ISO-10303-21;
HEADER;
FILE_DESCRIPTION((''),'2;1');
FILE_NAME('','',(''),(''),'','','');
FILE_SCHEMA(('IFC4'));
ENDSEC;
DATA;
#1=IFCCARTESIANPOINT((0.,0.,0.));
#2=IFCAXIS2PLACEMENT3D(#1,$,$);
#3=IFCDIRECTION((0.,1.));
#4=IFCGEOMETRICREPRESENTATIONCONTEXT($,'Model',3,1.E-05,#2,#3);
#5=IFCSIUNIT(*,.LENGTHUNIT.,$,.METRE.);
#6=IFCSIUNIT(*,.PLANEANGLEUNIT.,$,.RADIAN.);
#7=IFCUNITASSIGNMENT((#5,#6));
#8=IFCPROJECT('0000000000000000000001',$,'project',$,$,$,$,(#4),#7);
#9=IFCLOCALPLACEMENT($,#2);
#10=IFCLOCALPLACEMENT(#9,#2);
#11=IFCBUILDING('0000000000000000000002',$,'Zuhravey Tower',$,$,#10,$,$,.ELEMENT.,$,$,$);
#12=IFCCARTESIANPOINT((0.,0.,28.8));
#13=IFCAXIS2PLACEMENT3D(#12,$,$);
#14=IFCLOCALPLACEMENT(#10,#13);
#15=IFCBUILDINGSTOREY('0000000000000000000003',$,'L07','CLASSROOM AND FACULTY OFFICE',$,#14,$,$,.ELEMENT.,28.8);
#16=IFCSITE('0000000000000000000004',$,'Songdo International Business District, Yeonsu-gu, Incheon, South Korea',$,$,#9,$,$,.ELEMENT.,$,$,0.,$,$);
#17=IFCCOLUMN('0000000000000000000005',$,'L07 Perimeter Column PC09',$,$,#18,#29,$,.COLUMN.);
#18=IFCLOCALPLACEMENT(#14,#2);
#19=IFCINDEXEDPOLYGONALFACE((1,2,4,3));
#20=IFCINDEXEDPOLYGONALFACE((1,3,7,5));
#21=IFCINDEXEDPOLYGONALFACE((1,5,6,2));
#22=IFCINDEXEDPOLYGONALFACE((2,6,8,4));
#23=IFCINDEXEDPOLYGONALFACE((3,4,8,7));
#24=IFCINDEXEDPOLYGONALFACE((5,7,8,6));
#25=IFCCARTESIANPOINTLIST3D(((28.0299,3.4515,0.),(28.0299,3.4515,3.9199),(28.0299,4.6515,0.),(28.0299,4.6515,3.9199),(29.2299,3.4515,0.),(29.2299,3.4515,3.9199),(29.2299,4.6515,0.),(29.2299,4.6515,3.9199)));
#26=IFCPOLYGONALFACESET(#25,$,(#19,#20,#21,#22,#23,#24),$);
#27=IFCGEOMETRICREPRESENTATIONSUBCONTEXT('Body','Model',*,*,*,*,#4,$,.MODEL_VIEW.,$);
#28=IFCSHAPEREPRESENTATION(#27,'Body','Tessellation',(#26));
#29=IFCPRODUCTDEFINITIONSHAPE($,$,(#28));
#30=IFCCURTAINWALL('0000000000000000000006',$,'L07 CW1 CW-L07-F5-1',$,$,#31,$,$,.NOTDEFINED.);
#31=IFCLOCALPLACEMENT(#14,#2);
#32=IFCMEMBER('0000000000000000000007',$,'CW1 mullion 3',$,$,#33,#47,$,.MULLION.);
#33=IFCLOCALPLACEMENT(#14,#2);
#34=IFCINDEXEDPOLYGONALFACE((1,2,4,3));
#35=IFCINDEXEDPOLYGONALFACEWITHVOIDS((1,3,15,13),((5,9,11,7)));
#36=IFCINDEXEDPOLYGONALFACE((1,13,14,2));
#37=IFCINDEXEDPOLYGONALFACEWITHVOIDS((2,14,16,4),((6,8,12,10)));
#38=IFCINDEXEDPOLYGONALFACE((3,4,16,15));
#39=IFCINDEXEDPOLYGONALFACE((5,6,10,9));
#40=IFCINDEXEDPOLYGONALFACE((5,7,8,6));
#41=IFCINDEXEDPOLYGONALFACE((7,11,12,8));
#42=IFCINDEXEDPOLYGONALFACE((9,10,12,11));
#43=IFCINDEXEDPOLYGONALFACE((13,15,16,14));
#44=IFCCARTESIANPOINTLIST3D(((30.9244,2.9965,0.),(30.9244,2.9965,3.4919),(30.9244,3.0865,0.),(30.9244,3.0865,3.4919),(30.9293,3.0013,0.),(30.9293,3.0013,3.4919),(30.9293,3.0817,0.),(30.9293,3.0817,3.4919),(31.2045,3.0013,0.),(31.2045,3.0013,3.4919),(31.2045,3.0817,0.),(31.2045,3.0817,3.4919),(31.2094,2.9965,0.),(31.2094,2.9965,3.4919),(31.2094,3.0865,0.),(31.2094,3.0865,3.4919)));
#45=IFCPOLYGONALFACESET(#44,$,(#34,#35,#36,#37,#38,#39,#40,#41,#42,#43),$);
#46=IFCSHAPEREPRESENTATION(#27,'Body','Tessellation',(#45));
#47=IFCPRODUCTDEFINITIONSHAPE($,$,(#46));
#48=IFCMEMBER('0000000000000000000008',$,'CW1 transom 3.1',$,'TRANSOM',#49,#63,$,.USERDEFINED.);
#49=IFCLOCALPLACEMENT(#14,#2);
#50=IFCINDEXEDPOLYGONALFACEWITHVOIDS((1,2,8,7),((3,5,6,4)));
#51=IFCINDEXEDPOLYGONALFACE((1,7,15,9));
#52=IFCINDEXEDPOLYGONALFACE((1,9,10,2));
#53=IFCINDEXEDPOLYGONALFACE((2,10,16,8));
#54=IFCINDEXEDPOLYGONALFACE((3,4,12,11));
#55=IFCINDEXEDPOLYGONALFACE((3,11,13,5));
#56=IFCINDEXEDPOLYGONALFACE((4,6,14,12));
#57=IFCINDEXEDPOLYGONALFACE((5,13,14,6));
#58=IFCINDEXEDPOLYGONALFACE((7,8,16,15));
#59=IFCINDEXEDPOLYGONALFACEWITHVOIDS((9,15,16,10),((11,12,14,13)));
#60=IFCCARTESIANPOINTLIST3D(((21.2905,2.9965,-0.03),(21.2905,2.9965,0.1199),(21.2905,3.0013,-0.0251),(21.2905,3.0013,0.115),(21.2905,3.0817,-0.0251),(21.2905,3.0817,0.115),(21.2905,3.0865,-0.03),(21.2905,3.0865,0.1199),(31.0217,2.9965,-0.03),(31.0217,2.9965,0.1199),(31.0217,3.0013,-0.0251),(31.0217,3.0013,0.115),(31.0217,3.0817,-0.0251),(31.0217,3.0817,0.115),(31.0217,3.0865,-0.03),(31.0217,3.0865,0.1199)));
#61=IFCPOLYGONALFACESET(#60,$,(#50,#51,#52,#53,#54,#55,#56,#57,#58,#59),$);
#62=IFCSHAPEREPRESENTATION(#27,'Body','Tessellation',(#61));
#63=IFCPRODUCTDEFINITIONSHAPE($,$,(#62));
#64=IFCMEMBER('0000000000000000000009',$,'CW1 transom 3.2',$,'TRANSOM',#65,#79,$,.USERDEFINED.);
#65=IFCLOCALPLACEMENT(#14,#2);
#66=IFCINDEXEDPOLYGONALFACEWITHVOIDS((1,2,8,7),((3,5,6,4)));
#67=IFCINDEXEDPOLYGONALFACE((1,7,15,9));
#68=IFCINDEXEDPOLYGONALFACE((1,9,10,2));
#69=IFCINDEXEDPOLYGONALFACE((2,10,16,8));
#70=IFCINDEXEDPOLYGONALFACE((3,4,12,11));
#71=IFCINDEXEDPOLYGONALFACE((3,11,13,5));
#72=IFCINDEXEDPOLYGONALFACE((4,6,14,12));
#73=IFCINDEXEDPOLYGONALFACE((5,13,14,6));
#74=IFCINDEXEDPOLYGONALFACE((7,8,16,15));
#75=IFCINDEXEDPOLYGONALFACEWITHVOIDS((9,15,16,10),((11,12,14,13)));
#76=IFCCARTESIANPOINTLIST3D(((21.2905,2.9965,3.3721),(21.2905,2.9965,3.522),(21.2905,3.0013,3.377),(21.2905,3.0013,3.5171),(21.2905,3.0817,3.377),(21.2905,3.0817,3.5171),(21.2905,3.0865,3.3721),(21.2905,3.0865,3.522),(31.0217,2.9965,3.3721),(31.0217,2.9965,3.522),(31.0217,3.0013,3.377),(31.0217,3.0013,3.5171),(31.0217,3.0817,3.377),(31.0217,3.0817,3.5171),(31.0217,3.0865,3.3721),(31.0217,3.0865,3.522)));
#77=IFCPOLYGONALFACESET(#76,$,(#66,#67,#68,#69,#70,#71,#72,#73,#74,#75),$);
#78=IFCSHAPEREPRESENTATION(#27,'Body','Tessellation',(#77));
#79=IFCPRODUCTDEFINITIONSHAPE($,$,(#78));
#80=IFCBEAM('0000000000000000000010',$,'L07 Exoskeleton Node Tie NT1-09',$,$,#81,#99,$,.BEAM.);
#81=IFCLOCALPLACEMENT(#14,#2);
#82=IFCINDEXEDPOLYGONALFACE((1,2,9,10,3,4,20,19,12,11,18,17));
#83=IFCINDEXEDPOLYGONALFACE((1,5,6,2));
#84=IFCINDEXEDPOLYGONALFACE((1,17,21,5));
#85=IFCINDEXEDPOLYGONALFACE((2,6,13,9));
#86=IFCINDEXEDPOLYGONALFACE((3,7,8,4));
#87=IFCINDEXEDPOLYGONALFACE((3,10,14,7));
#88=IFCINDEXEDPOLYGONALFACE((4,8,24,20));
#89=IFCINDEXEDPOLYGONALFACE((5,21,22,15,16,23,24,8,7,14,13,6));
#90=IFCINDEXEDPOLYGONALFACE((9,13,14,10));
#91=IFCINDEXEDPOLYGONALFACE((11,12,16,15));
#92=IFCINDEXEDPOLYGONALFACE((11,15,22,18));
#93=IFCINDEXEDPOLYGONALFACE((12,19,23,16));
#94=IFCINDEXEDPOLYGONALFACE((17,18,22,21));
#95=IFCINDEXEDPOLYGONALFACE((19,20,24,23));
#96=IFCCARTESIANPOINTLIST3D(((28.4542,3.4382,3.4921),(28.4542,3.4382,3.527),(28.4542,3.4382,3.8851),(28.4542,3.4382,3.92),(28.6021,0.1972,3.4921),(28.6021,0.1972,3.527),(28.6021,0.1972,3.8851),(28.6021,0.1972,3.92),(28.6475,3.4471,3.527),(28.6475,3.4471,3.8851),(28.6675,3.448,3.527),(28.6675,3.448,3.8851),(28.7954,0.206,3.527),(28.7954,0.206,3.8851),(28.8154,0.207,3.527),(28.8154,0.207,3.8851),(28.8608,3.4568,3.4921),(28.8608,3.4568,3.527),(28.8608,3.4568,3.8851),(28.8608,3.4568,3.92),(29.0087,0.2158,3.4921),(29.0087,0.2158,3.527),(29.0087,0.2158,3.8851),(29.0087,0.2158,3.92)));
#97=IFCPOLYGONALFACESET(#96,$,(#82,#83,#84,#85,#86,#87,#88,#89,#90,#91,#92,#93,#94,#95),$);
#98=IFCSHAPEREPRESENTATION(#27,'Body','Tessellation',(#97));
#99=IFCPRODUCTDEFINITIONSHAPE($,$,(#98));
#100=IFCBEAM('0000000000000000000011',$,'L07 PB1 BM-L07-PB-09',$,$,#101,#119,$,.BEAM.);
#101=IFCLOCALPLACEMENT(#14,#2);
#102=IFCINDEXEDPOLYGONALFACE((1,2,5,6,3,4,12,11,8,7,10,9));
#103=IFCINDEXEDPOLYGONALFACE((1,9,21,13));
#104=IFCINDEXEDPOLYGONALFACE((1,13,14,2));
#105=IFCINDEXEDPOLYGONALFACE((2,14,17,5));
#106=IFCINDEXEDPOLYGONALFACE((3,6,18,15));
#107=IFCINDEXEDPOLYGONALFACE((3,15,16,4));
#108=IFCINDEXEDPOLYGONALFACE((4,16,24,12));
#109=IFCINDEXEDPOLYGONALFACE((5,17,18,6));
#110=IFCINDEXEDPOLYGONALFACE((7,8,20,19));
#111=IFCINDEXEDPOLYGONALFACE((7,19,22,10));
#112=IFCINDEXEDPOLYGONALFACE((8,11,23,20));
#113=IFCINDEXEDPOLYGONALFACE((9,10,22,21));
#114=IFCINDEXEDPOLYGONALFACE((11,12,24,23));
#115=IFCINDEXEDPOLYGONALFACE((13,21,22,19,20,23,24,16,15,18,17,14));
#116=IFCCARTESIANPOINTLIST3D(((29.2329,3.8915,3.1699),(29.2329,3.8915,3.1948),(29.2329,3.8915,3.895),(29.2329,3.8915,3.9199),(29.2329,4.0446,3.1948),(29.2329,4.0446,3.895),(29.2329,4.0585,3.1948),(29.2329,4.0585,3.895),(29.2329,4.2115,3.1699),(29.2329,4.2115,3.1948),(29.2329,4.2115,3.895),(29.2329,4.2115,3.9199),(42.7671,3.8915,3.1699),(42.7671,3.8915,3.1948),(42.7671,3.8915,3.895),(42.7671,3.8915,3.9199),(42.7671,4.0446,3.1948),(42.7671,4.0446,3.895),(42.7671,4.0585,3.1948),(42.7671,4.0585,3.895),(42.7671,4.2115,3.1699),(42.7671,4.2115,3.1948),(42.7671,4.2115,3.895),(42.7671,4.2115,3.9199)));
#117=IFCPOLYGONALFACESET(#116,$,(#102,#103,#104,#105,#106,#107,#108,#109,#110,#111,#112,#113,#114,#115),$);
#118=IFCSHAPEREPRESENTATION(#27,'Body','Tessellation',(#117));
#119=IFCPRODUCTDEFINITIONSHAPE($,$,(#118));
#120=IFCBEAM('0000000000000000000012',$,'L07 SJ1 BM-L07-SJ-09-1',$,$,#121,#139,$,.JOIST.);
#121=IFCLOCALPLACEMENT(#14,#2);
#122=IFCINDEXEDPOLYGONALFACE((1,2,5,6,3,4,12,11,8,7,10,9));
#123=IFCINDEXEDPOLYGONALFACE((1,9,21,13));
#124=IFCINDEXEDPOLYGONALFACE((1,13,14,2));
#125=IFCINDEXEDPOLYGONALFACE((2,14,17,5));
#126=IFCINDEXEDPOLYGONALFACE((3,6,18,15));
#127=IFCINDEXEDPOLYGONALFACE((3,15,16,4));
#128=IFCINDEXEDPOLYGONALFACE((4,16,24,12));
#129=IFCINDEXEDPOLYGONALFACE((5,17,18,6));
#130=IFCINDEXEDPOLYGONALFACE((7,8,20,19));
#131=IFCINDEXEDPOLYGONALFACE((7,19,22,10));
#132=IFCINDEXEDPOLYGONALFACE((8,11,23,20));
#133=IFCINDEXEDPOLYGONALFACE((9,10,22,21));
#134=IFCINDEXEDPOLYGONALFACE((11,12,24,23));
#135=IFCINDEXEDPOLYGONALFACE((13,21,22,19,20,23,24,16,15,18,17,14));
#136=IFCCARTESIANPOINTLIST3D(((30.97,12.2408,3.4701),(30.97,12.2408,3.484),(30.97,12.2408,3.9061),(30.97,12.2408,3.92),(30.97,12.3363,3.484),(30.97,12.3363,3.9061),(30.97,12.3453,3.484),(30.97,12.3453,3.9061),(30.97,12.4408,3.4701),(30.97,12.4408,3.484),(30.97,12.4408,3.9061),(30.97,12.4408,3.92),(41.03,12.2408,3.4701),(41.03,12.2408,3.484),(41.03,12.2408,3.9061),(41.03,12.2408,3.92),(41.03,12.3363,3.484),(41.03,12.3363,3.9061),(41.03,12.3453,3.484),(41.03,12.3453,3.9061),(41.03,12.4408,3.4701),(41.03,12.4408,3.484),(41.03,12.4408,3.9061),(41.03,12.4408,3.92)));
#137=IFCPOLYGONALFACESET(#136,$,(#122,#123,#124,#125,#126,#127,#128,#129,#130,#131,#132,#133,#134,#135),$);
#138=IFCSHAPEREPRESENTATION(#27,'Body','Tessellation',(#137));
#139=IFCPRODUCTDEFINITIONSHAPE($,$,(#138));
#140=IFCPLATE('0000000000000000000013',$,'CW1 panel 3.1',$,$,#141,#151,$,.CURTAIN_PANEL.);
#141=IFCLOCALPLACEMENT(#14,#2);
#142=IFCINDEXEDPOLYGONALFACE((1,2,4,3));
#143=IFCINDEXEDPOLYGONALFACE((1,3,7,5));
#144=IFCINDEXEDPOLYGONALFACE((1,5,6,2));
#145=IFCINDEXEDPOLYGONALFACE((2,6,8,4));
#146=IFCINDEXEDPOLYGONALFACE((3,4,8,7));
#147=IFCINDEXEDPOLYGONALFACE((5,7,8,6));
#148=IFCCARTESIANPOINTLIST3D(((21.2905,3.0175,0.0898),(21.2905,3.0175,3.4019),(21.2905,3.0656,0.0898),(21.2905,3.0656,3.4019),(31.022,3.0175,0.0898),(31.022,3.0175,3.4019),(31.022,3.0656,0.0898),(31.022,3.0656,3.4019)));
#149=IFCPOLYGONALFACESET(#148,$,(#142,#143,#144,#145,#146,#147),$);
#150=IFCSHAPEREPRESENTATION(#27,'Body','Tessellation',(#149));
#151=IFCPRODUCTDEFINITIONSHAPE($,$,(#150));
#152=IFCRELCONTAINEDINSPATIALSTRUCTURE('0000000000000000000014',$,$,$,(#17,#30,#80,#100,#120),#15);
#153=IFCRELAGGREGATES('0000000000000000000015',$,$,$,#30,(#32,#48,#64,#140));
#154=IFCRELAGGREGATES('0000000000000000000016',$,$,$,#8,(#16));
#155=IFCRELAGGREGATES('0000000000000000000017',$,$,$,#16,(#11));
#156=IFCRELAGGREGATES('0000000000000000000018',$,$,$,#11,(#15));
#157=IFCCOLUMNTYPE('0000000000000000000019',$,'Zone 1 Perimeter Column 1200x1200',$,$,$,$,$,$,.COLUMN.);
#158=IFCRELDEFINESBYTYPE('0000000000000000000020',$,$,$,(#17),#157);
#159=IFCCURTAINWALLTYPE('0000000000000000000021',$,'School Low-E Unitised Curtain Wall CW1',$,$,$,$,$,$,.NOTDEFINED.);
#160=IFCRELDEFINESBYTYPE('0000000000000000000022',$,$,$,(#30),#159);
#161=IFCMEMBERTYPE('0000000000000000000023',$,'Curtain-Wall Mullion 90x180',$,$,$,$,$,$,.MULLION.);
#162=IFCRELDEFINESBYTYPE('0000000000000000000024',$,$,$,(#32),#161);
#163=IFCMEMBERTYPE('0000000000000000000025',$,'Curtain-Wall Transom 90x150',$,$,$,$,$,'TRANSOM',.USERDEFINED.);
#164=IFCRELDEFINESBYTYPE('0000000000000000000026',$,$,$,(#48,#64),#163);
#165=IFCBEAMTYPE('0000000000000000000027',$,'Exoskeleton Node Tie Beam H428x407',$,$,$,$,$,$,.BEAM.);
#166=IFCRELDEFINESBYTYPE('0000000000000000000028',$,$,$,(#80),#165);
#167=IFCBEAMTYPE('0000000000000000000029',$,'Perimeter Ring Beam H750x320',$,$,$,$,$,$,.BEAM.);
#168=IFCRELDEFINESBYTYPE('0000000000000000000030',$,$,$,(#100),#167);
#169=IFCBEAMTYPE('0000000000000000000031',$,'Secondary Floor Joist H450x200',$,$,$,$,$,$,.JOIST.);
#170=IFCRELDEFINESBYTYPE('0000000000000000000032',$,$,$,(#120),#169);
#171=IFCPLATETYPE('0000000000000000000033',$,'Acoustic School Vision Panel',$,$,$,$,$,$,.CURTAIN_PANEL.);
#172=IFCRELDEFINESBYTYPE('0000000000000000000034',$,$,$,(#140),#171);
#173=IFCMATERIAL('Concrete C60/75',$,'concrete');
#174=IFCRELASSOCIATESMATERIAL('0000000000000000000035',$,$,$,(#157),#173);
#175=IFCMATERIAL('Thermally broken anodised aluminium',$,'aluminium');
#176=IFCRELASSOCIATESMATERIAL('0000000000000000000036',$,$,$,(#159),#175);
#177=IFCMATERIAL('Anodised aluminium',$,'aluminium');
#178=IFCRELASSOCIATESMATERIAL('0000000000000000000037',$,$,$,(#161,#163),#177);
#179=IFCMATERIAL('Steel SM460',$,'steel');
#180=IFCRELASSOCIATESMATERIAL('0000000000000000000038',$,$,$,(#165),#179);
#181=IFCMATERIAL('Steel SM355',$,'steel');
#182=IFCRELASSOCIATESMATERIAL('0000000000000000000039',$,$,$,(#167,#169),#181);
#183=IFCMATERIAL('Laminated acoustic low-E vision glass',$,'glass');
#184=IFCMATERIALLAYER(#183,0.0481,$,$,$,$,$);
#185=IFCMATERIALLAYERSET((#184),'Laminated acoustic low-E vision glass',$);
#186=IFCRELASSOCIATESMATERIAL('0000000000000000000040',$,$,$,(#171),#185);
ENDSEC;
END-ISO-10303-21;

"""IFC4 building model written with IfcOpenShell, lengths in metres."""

from ifc_helpers import new_model, si_unit, direction, frame, origin, origin_2d, place, context, subcontext, project, spatial, rectangle, hollow_rectangle, i_section, extrude, material, layer, layer_set, material_profile, profile_set, type_object, element, aggregate, save


model = new_model("IFC4")

# Units and contexts
model_context = context("Model", 3, precision=1e-05, world=origin(), true_north=direction((0.0, 1.0)))
body_context = subcontext(model_context, "Body", "Model", "MODEL_VIEW")
ifc_project = project(units=[si_unit("LENGTHUNIT", "METRE"), si_unit("PLANEANGLEUNIT", "RADIAN")], contexts=[model_context])

# Site, building, storey
site_placement = place(None, origin())
site = spatial("IfcSite", under=ifc_project, at=site_placement, Name="Songdo International Business District, Yeonsu-gu, Incheon, South Korea", CompositionType="ELEMENT", RefElevation=0.0)
building_placement = place(site_placement, origin())
building = spatial("IfcBuilding", under=site, at=building_placement, Name="Zuhravey Tower", CompositionType="ELEMENT")
storey_placement = place(building_placement, frame((0.0, 0.0, 28.8)))
storey = spatial("IfcBuildingStorey", under=building, at=storey_placement, Name="L07", Description="CLASSROOM AND FACULTY OFFICE", CompositionType="ELEMENT", Elevation=28.8)

# Column
ifc_material_1 = material(Name="Concrete C60/75", Category="concrete")
ifc_material_profile_1 = material_profile(ifc_material_1, rectangle(XDim=1.2, YDim=1.2, at=origin_2d()), Name="RC-1200x1200")
ifc_profile_set_1 = profile_set([ifc_material_profile_1], Name="Concrete C60/75")
column_type = type_object("IfcColumnType", Name="Zone 1 Perimeter Column 1200x1200", PredefinedType="COLUMN", material=ifc_profile_set_1)
column_placement = place(storey_placement, frame((28.6299, 4.0515, 0.0), z_axis=(0.0, 0.0, 1.0), x_axis=(1.0, 0.0, 0.0)))
element("IfcColumn", 1, at=column_placement, inside=storey, type_object=column_type, Name="L07 Perimeter Column PC09", PredefinedType="COLUMN", context=body_context, shape_type="SweptSolid", body=[
    extrude(rectangle(XDim=1.2, YDim=1.2, at=origin_2d()), origin(), (0.0, 0.0, 1.0), 3.9199),
])

# Curtain wall, members
ifc_material_2 = material(Name="Thermally broken anodised aluminium", Category="aluminium")
curtain_wall_type = type_object("IfcCurtainWallType", Name="School Low-E Unitised Curtain Wall CW1", PredefinedType="NOTDEFINED", material=ifc_material_2)
curtain_wall_placement = place(storey_placement, origin())
curtain_wall = element("IfcCurtainWall", 2, at=curtain_wall_placement, inside=storey, type_object=curtain_wall_type, Name="L07 CW1 CW-L07-F5-1", PredefinedType="NOTDEFINED")
ifc_material_3 = material(Name="Anodised aluminium", Category="aluminium")
ifc_material_profile_2 = material_profile(ifc_material_3, hollow_rectangle(XDim=0.0901, YDim=0.2849, WallThickness=0.0049, at=origin_2d()), Name="ALU-RHS-90x285x5")
ifc_profile_set_2 = profile_set([ifc_material_profile_2], Name="Anodised aluminium")
member_type_1 = type_object("IfcMemberType", Name="Curtain-Wall Mullion 90x180", PredefinedType="MULLION", material=ifc_profile_set_2)
member_1_placement = place(storey_placement, frame((31.0669, 3.0415, 0.0), z_axis=(0.0, 0.0, 1.0), x_axis=(0.0, -1.0, 0.0)))
member_1 = element("IfcMember", 3, at=member_1_placement, type_object=member_type_1, Name="CW1 mullion 3", PredefinedType="MULLION", context=body_context, shape_type="SweptSolid", body=[
    extrude(hollow_rectangle(XDim=0.0901, YDim=0.2849, WallThickness=0.0049, at=origin_2d()), origin(), (0.0, 0.0, 1.0), 3.4919),
])
ifc_material_profile_3 = material_profile(ifc_material_3, hollow_rectangle(XDim=0.0901, YDim=0.1499, WallThickness=0.0049, at=origin_2d()), Name="ALU-RHS-90x150x5")
ifc_profile_set_3 = profile_set([ifc_material_profile_3], Name="Anodised aluminium")
member_type_2 = type_object("IfcMemberType", Name="Curtain-Wall Transom 90x150", ElementType="TRANSOM", PredefinedType="USERDEFINED", material=ifc_profile_set_3)
member_2_placement = place(storey_placement, frame((31.0217, 3.0415, 0.0449), z_axis=(-1.0, 0.0, 0.0), x_axis=(0.0, -1.0, 0.0)))
member_2 = element("IfcMember", 4, at=member_2_placement, type_object=member_type_2, Name="CW1 transom 3.1", ObjectType="TRANSOM", PredefinedType="USERDEFINED", context=body_context, shape_type="SweptSolid", body=[
    extrude(hollow_rectangle(XDim=0.0901, YDim=0.1499, WallThickness=0.0049, at=origin_2d()), origin(), (0.0, 0.0, 1.0), 9.7312),
])
member_3_placement = place(storey_placement, frame((31.0217, 3.0415, 3.447), z_axis=(-1.0, 0.0, 0.0), x_axis=(0.0, -1.0, 0.0)))
member_3 = element("IfcMember", 5, at=member_3_placement, type_object=member_type_2, Name="CW1 transom 3.2", ObjectType="TRANSOM", PredefinedType="USERDEFINED", context=body_context, shape_type="SweptSolid", body=[
    extrude(hollow_rectangle(XDim=0.0901, YDim=0.1499, WallThickness=0.0049, at=origin_2d()), origin(), (0.0, 0.0, 1.0), 9.7312),
])

# Beams
ifc_material_4 = material(Name="Steel SM460", Category="steel")
ifc_material_profile_4 = material_profile(ifc_material_4, i_section(OverallWidth=0.407, OverallDepth=0.428, WebThickness=0.02, FlangeThickness=0.0349, at=origin_2d()), Name="H-428x407x20x35")
ifc_profile_set_4 = profile_set([ifc_material_profile_4], Name="Steel SM460")
beam_type_1 = type_object("IfcBeamType", Name="Exoskeleton Node Tie Beam H428x407", PredefinedType="BEAM", material=ifc_profile_set_4)
beam_1_placement = place(storey_placement, frame((28.6575, 3.4475, 3.7061), z_axis=(0.045602, -0.99896, 0.0), x_axis=(0.99896, 0.045602, 0.0)))
element("IfcBeam", 6, at=beam_1_placement, inside=storey, type_object=beam_type_1, Name="L07 Exoskeleton Node Tie NT1-09", PredefinedType="BEAM", context=body_context, shape_type="SweptSolid", body=[
    extrude(i_section(OverallWidth=0.407, OverallDepth=0.428, WebThickness=0.02, FlangeThickness=0.0349, at=origin_2d()), origin(), (0.0, 0.0, 1.0), 3.2444),
])
ifc_material_5 = material(Name="Steel SM355", Category="steel")
ifc_material_profile_5 = material_profile(ifc_material_5, i_section(OverallWidth=0.3201, OverallDepth=0.75, WebThickness=0.0139, FlangeThickness=0.0249, at=origin_2d()), Name="H-750x320x14x25")
ifc_profile_set_5 = profile_set([ifc_material_profile_5], Name="Steel SM355")
beam_type_2 = type_object("IfcBeamType", Name="Perimeter Ring Beam H750x320", PredefinedType="BEAM", material=ifc_profile_set_5)
beam_2_placement = place(storey_placement, frame((29.2329, 4.0515, 3.5449), z_axis=(1.0, 0.0, 0.0), x_axis=(0.0, 1.0, 0.0)))
element("IfcBeam", 7, at=beam_2_placement, inside=storey, type_object=beam_type_2, Name="L07 PB1 BM-L07-PB-09", PredefinedType="BEAM", context=body_context, shape_type="SweptSolid", body=[
    extrude(i_section(OverallWidth=0.3201, OverallDepth=0.75, WebThickness=0.0139, FlangeThickness=0.0249, at=origin_2d()), origin(), (0.0, 0.0, 1.0), 13.5342),
])
ifc_material_profile_6 = material_profile(ifc_material_5, i_section(OverallWidth=0.2, OverallDepth=0.45, WebThickness=0.009, FlangeThickness=0.0139, at=origin_2d()), Name="H-450x200x9x14")
ifc_profile_set_6 = profile_set([ifc_material_profile_6], Name="Steel SM355")
beam_type_3 = type_object("IfcBeamType", Name="Secondary Floor Joist H450x200", PredefinedType="JOIST", material=ifc_profile_set_6)
beam_3_placement = place(storey_placement, frame((30.97, 12.3408, 3.6951), z_axis=(1.0, 0.0, 0.0), x_axis=(0.0, 1.0, 0.0)))
element("IfcBeam", 8, at=beam_3_placement, inside=storey, type_object=beam_type_3, Name="L07 SJ1 BM-L07-SJ-09-1", PredefinedType="JOIST", context=body_context, shape_type="SweptSolid", body=[
    extrude(i_section(OverallWidth=0.2, OverallDepth=0.45, WebThickness=0.009, FlangeThickness=0.0139, at=origin_2d()), origin(), (0.0, 0.0, 1.0), 10.0601),
])

# Plate
ifc_material_6 = material(Name="Laminated acoustic low-E vision glass", Category="glass")
ifc_layer_1 = layer(ifc_material_6, 0.0481)
ifc_layer_set_1 = layer_set([ifc_layer_1], Name="Laminated acoustic low-E vision glass")
plate_type = type_object("IfcPlateType", Name="Acoustic School Vision Panel", PredefinedType="CURTAIN_PANEL", material=ifc_layer_set_1)
plate_placement = place(storey_placement, frame((26.1562, 3.0415, 0.0898), z_axis=(0.0, 0.0, 1.0), x_axis=(-1.0, 0.0, 0.0)))
plate = element("IfcPlate", 9, at=plate_placement, type_object=plate_type, Name="CW1 panel 3.1", PredefinedType="CURTAIN_PANEL", context=body_context, shape_type="SweptSolid", body=[
    extrude(rectangle(XDim=9.7314, YDim=0.0481, at=origin_2d()), origin(), (0.0, 0.0, 1.0), 3.312),
])
aggregate(curtain_wall, [member_1, member_2, member_3, plate])

save(model, "model.ifc")
